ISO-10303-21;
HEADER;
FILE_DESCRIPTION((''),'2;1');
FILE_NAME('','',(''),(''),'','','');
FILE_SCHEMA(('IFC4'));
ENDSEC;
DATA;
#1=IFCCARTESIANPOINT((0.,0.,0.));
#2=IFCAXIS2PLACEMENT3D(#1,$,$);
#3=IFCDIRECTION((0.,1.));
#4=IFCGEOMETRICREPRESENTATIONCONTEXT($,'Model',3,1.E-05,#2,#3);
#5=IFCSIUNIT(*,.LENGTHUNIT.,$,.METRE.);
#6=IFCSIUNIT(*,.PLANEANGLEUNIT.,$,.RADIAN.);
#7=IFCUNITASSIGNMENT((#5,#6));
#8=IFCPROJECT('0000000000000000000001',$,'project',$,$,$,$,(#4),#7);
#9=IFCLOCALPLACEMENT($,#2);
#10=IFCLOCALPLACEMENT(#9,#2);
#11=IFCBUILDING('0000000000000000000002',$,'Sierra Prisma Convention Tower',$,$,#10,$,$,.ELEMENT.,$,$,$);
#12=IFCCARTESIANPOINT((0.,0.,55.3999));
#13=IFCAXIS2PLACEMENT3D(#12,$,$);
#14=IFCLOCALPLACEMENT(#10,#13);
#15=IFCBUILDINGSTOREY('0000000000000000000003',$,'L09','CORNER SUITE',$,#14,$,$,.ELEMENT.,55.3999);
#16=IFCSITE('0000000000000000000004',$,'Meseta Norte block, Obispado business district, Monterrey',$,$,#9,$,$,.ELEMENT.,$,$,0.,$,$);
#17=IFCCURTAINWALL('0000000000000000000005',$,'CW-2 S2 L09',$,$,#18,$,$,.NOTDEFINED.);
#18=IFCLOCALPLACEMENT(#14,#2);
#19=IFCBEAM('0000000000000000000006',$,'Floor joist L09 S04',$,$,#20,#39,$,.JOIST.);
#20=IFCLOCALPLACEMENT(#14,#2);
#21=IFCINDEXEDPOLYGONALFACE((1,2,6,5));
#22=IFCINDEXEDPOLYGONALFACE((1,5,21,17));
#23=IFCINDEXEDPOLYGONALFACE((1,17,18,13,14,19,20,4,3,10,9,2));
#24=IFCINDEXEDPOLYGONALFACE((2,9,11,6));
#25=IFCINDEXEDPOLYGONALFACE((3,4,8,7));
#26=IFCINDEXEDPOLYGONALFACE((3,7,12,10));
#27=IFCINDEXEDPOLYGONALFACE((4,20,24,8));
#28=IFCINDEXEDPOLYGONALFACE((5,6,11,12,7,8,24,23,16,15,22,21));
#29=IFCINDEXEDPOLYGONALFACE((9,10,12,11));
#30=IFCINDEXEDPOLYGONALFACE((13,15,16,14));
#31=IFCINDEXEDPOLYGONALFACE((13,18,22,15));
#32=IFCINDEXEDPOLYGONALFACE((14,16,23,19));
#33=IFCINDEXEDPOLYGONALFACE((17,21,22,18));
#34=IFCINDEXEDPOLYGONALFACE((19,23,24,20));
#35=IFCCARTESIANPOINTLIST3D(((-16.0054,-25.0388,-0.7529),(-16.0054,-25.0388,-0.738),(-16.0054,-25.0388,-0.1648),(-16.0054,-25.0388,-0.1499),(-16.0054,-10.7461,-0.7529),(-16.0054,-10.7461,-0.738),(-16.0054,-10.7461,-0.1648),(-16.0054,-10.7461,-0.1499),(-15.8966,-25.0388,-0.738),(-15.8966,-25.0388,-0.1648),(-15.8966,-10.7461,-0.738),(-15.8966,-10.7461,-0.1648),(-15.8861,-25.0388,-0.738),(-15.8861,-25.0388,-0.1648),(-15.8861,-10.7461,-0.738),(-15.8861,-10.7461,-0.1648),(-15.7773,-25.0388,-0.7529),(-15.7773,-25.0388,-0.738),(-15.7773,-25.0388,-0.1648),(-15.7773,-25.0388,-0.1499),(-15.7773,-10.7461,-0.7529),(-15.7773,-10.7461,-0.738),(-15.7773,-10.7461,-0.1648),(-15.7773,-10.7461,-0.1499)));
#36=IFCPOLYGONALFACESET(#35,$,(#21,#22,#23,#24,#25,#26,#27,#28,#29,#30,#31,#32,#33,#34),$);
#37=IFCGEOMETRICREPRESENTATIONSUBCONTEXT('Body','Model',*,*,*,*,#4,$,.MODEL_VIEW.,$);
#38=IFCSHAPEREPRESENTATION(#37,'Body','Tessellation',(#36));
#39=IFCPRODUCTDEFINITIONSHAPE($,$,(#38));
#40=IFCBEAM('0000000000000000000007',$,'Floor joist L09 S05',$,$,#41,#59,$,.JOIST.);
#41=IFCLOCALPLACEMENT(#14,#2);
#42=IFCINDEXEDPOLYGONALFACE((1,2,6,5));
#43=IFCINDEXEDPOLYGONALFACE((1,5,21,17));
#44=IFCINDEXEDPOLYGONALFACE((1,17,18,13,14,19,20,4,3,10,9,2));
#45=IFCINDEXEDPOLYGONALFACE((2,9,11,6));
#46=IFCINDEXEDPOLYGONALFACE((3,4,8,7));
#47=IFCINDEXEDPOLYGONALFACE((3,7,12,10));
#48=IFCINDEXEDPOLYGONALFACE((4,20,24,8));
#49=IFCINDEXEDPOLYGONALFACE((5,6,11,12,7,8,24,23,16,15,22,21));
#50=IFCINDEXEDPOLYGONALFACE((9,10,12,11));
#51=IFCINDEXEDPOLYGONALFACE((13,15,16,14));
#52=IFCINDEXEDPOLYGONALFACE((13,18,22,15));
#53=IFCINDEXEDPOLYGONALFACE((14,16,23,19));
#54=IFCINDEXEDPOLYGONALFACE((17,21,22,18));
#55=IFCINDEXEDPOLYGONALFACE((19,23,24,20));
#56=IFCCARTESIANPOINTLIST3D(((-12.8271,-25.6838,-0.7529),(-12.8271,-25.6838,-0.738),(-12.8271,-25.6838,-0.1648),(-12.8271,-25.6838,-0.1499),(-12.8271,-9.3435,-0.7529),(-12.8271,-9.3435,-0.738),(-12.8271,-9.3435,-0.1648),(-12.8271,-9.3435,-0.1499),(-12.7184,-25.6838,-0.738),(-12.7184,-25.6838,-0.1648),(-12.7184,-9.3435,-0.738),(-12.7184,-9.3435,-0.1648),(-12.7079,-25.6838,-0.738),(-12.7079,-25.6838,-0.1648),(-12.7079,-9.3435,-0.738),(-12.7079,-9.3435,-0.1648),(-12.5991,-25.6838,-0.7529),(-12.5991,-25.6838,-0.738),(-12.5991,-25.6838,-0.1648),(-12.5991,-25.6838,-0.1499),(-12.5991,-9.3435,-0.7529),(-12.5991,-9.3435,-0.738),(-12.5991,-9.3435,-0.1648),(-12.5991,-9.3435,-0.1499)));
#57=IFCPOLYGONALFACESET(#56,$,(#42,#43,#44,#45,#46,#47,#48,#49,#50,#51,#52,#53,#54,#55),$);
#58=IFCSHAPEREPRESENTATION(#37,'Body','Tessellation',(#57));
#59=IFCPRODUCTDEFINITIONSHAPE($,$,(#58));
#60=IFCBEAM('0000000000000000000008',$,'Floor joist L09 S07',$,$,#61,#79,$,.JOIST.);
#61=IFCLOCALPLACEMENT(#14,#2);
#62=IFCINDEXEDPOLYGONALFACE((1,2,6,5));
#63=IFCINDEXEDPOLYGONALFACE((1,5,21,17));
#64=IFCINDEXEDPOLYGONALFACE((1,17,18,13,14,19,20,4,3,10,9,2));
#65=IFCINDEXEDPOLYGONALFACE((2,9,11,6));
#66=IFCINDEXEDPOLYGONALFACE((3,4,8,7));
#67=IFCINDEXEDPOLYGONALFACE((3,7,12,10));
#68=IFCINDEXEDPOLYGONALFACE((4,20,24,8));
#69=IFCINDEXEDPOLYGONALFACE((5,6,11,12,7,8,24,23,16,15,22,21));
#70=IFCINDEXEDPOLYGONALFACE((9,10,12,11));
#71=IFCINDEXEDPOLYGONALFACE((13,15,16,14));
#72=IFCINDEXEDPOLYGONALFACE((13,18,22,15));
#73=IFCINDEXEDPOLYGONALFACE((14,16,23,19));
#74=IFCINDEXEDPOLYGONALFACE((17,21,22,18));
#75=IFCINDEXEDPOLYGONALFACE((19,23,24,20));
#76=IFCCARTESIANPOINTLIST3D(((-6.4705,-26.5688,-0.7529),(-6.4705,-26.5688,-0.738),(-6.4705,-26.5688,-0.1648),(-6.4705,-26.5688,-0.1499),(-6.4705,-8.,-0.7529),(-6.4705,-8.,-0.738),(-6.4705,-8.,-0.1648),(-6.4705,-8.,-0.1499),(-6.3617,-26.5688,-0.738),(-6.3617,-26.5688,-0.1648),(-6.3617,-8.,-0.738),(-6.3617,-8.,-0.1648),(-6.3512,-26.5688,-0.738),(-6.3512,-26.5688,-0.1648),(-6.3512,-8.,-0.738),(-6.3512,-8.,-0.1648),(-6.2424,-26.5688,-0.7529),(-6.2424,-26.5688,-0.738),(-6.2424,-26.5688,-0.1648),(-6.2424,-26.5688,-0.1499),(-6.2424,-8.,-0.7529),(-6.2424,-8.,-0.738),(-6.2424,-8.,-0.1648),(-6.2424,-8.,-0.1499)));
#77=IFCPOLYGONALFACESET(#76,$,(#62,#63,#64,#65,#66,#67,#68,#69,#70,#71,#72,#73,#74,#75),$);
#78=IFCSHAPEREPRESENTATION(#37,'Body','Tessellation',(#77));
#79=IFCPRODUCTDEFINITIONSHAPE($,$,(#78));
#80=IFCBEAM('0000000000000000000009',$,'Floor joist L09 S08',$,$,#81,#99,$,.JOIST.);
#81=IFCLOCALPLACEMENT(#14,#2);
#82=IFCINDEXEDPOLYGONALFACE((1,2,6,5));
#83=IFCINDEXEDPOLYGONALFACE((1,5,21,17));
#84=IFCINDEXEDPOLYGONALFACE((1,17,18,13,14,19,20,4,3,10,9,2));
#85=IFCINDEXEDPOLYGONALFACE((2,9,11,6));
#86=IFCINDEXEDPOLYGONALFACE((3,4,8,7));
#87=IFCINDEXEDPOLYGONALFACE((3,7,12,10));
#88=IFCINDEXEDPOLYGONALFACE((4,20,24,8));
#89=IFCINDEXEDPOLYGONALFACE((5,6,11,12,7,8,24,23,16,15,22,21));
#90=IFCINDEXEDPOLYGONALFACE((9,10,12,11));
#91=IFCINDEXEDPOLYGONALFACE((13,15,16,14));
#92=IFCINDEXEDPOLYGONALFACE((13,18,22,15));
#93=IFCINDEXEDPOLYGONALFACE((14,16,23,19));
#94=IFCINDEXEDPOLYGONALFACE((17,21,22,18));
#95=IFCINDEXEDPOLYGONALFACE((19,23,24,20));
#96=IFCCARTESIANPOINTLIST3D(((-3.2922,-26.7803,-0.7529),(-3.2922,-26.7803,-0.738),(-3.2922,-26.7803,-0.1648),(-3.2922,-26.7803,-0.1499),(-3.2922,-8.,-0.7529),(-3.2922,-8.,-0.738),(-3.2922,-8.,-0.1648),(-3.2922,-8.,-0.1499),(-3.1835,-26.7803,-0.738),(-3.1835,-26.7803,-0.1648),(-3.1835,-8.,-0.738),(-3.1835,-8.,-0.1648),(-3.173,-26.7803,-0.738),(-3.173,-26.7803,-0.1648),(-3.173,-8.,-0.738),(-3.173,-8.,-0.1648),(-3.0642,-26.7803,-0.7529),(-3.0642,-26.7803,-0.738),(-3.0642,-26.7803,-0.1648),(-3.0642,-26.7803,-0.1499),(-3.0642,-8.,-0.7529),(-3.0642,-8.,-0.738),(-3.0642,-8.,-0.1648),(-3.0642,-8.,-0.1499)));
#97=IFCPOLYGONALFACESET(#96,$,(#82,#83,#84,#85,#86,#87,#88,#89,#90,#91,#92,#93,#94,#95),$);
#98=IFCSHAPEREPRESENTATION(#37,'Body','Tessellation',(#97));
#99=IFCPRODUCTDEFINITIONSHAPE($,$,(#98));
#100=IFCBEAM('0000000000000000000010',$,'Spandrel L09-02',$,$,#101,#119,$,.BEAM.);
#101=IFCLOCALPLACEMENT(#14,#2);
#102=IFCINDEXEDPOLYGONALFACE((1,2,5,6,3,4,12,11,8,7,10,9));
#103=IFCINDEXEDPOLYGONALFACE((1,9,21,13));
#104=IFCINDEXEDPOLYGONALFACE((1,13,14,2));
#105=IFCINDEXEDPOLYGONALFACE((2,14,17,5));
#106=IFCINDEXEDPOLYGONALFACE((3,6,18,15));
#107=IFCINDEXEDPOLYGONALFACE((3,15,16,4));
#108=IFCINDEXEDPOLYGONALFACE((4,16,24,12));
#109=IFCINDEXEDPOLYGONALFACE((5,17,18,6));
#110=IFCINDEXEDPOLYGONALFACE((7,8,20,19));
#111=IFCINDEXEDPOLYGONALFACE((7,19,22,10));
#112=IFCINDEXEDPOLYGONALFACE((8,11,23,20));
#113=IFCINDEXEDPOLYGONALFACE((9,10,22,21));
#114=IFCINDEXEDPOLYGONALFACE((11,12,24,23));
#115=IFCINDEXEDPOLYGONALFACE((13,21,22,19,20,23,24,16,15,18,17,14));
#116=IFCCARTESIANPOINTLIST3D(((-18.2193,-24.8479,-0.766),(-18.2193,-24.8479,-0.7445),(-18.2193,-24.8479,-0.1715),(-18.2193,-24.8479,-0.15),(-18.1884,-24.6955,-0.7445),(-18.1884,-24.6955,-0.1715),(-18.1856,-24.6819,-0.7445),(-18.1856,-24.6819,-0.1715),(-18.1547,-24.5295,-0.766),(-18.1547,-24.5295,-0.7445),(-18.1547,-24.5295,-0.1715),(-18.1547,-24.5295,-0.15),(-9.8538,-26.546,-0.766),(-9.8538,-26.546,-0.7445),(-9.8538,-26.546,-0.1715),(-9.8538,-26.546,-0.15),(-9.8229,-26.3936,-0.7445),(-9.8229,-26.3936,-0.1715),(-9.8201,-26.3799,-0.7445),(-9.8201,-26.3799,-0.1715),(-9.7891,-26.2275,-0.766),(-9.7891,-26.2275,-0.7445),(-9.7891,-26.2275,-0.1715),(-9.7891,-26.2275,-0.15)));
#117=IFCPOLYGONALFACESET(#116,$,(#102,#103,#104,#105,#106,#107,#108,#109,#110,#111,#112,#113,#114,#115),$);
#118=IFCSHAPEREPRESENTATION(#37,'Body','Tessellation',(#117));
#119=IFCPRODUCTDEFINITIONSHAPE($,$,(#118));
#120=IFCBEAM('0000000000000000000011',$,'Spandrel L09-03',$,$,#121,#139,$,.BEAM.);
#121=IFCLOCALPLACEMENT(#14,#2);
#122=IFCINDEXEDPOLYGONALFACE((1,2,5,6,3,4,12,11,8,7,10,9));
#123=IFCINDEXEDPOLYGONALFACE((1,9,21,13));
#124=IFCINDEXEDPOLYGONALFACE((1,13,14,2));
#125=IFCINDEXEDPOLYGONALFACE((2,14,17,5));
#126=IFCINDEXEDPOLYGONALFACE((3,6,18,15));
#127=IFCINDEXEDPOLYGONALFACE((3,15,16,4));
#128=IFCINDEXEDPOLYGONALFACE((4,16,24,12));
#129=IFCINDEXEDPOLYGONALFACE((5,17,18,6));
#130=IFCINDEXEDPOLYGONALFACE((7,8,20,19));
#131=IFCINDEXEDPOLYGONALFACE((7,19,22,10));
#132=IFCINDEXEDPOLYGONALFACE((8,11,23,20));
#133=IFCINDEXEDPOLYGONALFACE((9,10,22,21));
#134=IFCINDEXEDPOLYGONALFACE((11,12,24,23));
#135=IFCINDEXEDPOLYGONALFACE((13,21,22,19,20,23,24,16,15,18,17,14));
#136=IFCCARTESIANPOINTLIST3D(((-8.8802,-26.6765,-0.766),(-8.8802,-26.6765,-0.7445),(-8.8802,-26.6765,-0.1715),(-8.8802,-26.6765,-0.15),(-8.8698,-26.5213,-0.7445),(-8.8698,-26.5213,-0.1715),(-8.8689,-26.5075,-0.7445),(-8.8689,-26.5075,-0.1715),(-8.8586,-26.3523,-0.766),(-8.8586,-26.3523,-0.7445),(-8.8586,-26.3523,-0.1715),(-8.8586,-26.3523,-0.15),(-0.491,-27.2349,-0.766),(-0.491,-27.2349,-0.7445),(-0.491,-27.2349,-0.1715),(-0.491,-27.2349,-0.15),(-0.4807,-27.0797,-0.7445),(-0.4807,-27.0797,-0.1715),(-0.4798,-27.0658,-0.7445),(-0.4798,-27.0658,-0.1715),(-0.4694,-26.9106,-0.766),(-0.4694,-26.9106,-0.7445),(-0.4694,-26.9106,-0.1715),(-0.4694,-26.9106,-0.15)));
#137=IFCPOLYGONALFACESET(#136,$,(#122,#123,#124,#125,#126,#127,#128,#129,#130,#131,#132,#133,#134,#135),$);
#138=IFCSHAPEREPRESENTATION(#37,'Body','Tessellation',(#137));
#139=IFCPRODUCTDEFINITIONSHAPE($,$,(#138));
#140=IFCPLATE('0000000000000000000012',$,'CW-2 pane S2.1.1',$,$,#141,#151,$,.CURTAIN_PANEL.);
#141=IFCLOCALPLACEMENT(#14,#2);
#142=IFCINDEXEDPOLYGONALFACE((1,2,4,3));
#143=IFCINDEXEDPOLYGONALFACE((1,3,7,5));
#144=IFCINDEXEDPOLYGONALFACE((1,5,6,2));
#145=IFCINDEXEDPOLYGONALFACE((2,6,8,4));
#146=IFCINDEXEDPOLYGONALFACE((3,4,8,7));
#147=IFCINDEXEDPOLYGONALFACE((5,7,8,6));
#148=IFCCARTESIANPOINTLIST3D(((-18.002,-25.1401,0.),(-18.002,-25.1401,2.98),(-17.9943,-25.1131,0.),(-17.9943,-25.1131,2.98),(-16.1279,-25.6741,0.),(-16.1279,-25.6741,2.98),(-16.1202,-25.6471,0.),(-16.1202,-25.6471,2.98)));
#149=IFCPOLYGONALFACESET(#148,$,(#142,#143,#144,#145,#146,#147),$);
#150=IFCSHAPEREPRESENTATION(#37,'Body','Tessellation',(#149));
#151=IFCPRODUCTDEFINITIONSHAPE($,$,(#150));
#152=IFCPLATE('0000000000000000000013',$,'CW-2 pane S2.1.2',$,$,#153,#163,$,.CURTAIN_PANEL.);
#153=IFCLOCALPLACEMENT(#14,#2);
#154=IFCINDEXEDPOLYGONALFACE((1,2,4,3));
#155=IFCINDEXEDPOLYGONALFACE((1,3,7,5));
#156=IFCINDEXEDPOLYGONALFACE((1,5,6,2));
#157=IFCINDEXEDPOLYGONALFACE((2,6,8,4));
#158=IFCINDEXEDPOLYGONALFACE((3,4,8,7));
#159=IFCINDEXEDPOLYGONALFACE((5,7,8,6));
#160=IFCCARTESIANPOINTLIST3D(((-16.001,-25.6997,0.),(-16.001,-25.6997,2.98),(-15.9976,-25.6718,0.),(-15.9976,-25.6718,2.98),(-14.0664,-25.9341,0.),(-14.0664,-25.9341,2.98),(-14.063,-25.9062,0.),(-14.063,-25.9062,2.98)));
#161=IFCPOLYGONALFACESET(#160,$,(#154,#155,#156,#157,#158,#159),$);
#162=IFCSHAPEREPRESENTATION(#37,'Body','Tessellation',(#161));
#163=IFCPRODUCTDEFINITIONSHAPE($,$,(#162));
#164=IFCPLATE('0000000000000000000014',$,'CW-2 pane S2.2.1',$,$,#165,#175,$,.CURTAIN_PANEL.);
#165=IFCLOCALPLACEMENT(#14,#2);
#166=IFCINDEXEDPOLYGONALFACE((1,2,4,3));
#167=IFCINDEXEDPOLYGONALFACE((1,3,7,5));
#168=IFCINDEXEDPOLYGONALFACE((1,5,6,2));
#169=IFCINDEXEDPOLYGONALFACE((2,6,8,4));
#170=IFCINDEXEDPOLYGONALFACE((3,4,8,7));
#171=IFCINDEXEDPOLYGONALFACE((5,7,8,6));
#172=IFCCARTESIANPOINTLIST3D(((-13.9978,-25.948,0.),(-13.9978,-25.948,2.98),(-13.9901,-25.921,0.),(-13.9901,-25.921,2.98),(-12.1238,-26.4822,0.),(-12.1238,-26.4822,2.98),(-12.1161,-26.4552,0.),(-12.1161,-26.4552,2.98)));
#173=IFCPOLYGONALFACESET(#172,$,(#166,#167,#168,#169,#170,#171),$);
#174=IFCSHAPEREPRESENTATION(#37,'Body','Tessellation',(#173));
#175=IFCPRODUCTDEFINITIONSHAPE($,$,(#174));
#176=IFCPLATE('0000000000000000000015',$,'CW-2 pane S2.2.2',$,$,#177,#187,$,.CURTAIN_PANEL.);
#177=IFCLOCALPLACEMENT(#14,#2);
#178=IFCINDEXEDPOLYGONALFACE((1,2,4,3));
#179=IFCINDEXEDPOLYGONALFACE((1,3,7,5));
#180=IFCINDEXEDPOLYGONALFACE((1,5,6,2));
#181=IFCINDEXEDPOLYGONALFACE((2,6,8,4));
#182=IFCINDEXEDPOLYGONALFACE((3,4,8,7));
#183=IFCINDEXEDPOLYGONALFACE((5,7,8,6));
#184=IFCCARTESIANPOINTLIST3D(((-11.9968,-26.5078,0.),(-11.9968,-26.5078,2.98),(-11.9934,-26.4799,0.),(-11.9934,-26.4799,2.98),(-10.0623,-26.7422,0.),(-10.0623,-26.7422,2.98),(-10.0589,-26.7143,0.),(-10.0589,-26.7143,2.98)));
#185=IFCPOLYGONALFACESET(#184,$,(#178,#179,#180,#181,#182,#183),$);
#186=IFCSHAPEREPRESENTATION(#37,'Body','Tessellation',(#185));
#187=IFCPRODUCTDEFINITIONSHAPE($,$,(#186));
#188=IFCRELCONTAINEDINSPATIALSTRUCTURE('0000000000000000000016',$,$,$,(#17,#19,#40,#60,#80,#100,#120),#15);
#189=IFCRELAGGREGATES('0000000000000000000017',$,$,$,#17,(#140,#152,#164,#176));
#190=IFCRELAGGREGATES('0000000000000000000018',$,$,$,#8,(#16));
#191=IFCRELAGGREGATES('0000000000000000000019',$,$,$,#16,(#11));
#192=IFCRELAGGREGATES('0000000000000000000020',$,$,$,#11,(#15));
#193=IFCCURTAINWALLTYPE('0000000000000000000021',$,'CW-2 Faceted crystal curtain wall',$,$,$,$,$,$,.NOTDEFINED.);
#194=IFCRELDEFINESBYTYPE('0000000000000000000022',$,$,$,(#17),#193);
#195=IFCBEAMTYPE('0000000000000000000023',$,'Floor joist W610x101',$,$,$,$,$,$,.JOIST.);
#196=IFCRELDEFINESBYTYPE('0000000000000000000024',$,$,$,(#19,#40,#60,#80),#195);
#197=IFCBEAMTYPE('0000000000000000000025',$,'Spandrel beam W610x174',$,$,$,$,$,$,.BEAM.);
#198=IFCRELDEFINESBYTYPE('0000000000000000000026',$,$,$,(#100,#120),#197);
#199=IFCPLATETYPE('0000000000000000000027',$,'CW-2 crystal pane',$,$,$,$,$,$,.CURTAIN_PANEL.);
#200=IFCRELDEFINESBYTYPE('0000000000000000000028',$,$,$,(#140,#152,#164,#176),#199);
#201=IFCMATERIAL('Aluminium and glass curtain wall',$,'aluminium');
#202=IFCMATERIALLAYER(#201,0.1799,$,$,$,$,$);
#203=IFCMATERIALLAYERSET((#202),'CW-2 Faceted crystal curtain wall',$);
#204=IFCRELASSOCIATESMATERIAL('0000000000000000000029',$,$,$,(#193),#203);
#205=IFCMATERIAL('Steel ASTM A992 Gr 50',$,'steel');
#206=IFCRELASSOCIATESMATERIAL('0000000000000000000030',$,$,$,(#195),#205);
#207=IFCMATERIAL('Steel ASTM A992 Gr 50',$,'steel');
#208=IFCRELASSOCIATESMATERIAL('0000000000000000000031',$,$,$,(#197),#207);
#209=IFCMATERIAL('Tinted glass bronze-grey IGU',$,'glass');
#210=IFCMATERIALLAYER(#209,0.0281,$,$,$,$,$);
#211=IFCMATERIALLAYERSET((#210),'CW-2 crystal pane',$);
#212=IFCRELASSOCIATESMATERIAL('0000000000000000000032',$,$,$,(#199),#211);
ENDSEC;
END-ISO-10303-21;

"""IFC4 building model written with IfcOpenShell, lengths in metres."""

from ifc_helpers import new_model, si_unit, direction, frame, origin, origin_2d, place, context, subcontext, project, spatial, polyline, i_section, outline, extrude, material, layer, layer_set, material_profile, profile_set, type_object, element, aggregate, save


model = new_model("IFC4")

# Units and contexts
model_context = context("Model", 3, precision=1e-05, world=origin(), true_north=direction((0.0, 1.0)))
body_context = subcontext(model_context, "Body", "Model", "MODEL_VIEW")
ifc_project = project(units=[si_unit("LENGTHUNIT", "METRE"), si_unit("PLANEANGLEUNIT", "RADIAN")], contexts=[model_context])

# Site, building, storey
site_placement = place(None, origin())
site = spatial("IfcSite", under=ifc_project, at=site_placement, Name="Meseta Norte block, Obispado business district, Monterrey", CompositionType="ELEMENT", RefElevation=0.0)
building_placement = place(site_placement, origin())
building = spatial("IfcBuilding", under=site, at=building_placement, Name="Sierra Prisma Convention Tower", CompositionType="ELEMENT")
storey_placement = place(building_placement, frame((0.0, 0.0, 55.3999)))
storey = spatial("IfcBuildingStorey", under=building, at=storey_placement, Name="L09", Description="CORNER SUITE", CompositionType="ELEMENT", Elevation=55.3999)

# Curtain wall
ifc_material_1 = material(Name="Aluminium and glass curtain wall", Category="aluminium")
ifc_layer_1 = layer(ifc_material_1, 0.1799)
ifc_layer_set_1 = layer_set([ifc_layer_1], Name="CW-2 Faceted crystal curtain wall")
curtain_wall_type = type_object("IfcCurtainWallType", Name="CW-2 Faceted crystal curtain wall", PredefinedType="NOTDEFINED", material=ifc_layer_set_1)
curtain_wall_1_placement = place(storey_placement, origin())
curtain_wall_1 = element("IfcCurtainWall", 1, at=curtain_wall_1_placement, inside=storey, type_object=curtain_wall_type, Name="CW-2 S2 L09", PredefinedType="NOTDEFINED")

# Beams
ifc_material_2 = material(Name="Steel ASTM A992 Gr 50", Category="steel")
ifc_material_profile_1 = material_profile(ifc_material_2, i_section(OverallWidth=0.228, OverallDepth=0.603, WebThickness=0.0105, FlangeThickness=0.0149, at=origin_2d()), Name="W610x101")
ifc_profile_set_1 = profile_set([ifc_material_profile_1], Name="Steel ASTM A992 Gr 50")
beam_type_1 = type_object("IfcBeamType", Name="Floor joist W610x101", PredefinedType="JOIST", material=ifc_profile_set_1)
beam_1_placement = place(storey_placement, frame((-15.8914, -25.0388, -0.4514), z_axis=(0.0, 1.0, 0.0), x_axis=(-1.0, 0.0, 0.0)))
element("IfcBeam", 2, at=beam_1_placement, inside=storey, type_object=beam_type_1, Name="Floor joist L09 S04", PredefinedType="JOIST", context=body_context, shape_type="SweptSolid", body=[
    extrude(i_section(OverallWidth=0.228, OverallDepth=0.603, WebThickness=0.0105, FlangeThickness=0.0149, at=origin_2d()), origin(), (0.0, 0.0, 1.0), 14.2927),
])
beam_2_placement = place(storey_placement, frame((-12.7131, -25.6838, -0.4514), z_axis=(0.0, 1.0, 0.0), x_axis=(-1.0, 0.0, 0.0)))
element("IfcBeam", 3, at=beam_2_placement, inside=storey, type_object=beam_type_1, Name="Floor joist L09 S05", PredefinedType="JOIST", context=body_context, shape_type="SweptSolid", body=[
    extrude(i_section(OverallWidth=0.228, OverallDepth=0.603, WebThickness=0.0105, FlangeThickness=0.0149, at=origin_2d()), origin(), (0.0, 0.0, 1.0), 16.3403),
])
beam_3_placement = place(storey_placement, frame((-6.3564, -26.5688, -0.4514), z_axis=(0.0, 1.0, 0.0), x_axis=(-1.0, 0.0, 0.0)))
element("IfcBeam", 4, at=beam_3_placement, inside=storey, type_object=beam_type_1, Name="Floor joist L09 S07", PredefinedType="JOIST", context=body_context, shape_type="SweptSolid", body=[
    extrude(i_section(OverallWidth=0.228, OverallDepth=0.603, WebThickness=0.0105, FlangeThickness=0.0149, at=origin_2d()), origin(), (0.0, 0.0, 1.0), 18.5688),
])
beam_4_placement = place(storey_placement, frame((-3.1782, -26.7803, -0.4514), z_axis=(0.0, 1.0, 0.0), x_axis=(-1.0, 0.0, 0.0)))
element("IfcBeam", 5, at=beam_4_placement, inside=storey, type_object=beam_type_1, Name="Floor joist L09 S08", PredefinedType="JOIST", context=body_context, shape_type="SweptSolid", body=[
    extrude(i_section(OverallWidth=0.228, OverallDepth=0.603, WebThickness=0.0105, FlangeThickness=0.0149, at=origin_2d()), origin(), (0.0, 0.0, 1.0), 18.7803),
])
ifc_material_3 = material(Name="Steel ASTM A992 Gr 50", Category="steel")
ifc_material_profile_2 = material_profile(ifc_material_3, i_section(OverallWidth=0.325, OverallDepth=0.616, WebThickness=0.0139, FlangeThickness=0.0215, at=origin_2d()), Name="W610x174")
ifc_profile_set_2 = profile_set([ifc_material_profile_2], Name="Steel ASTM A992 Gr 50")
beam_type_2 = type_object("IfcBeamType", Name="Spandrel beam W610x174", PredefinedType="BEAM", material=ifc_profile_set_2)
beam_5_placement = place(storey_placement, frame((-18.187, -24.6887, -0.458), z_axis=(0.980016, -0.19892, 0.0), x_axis=(0.19892, 0.980016, 0.0)))
element("IfcBeam", 6, at=beam_5_placement, inside=storey, type_object=beam_type_2, Name="Spandrel L09-02", PredefinedType="BEAM", context=body_context, shape_type="SweptSolid", body=[
    extrude(i_section(OverallWidth=0.325, OverallDepth=0.616, WebThickness=0.0139, FlangeThickness=0.0215, at=origin_2d()), origin(), (0.0, 0.0, 1.0), 8.5361),
])
beam_6_placement = place(storey_placement, frame((-8.8694, -26.5144, -0.458), z_axis=(0.997792, -0.066409, 0.0), x_axis=(0.066409, 0.997792, 0.0)))
element("IfcBeam", 7, at=beam_6_placement, inside=storey, type_object=beam_type_2, Name="Spandrel L09-03", PredefinedType="BEAM", context=body_context, shape_type="SweptSolid", body=[
    extrude(i_section(OverallWidth=0.325, OverallDepth=0.616, WebThickness=0.0139, FlangeThickness=0.0215, at=origin_2d()), origin(), (0.0, 0.0, 1.0), 8.4077),
])

# Plates
ifc_material_4 = material(Name="Tinted glass bronze-grey IGU", Category="glass")
ifc_layer_2 = layer(ifc_material_4, 0.0281)
ifc_layer_set_2 = layer_set([ifc_layer_2], Name="CW-2 crystal pane")
plate_type = type_object("IfcPlateType", Name="CW-2 crystal pane", PredefinedType="CURTAIN_PANEL", material=ifc_layer_set_2)
plate_1_placement = place(storey_placement, frame((-18.002, -25.1401, 0.0), z_axis=(-0.274009, -0.961727, 0.0), x_axis=(0.961727, -0.274009, 0.0)))
plate_1 = element("IfcPlate", 8, at=plate_1_placement, type_object=plate_type, Name="CW-2 pane S2.1.1", PredefinedType="CURTAIN_PANEL", context=body_context, shape_type="SweptSolid", body=[
    extrude(outline(polyline([(0.0, 0.0), (1.9486, 0.0), (1.9486, 2.98), (0.0, 2.98), (0.0, 0.0)])), origin(), (0.0, 0.0, -1.0), 0.0281),
])
plate_2_placement = place(storey_placement, frame((-14.0664, -25.9341, 0.0), z_axis=(-0.120272, -0.992741, 0.0), x_axis=(-0.992741, 0.120272, 0.0)))
plate_2 = element("IfcPlate", 9, at=plate_2_placement, type_object=plate_type, Name="CW-2 pane S2.1.2", PredefinedType="CURTAIN_PANEL", context=body_context, shape_type="SweptSolid", body=[
    extrude(outline(polyline([(0.0, 0.0), (1.9487, 0.0), (1.9487, -2.98), (0.0, -2.98), (0.0, 0.0)])), origin(), (0.0, 0.0, -1.0), 0.0281),
])
plate_3_placement = place(storey_placement, frame((-13.9978, -25.948, 0.0), z_axis=(-0.274125, -0.961694, 0.0), x_axis=(0.961694, -0.274125, 0.0)))
plate_3 = element("IfcPlate", 10, at=plate_3_placement, type_object=plate_type, Name="CW-2 pane S2.2.1", PredefinedType="CURTAIN_PANEL", context=body_context, shape_type="SweptSolid", body=[
    extrude(outline(polyline([(0.0, 0.0), (1.9487, 0.0), (1.9487, 2.98), (0.0, 2.98), (0.0, 0.0)])), origin(), (0.0, 0.0, -1.0), 0.0281),
])
plate_4_placement = place(storey_placement, frame((-10.0623, -26.7422, 0.0), z_axis=(-0.120272, -0.992741, 0.0), x_axis=(-0.992741, 0.120272, 0.0)))
plate_4 = element("IfcPlate", 11, at=plate_4_placement, type_object=plate_type, Name="CW-2 pane S2.2.2", PredefinedType="CURTAIN_PANEL", context=body_context, shape_type="SweptSolid", body=[
    extrude(outline(polyline([(0.0, 0.0), (1.9487, 0.0), (1.9487, -2.98), (0.0, -2.98), (0.0, 0.0)])), origin(), (0.0, 0.0, -1.0), 0.0281),
])
aggregate(curtain_wall_1, [plate_1, plate_2, plate_3, plate_4])

save(model, "model.ifc")
